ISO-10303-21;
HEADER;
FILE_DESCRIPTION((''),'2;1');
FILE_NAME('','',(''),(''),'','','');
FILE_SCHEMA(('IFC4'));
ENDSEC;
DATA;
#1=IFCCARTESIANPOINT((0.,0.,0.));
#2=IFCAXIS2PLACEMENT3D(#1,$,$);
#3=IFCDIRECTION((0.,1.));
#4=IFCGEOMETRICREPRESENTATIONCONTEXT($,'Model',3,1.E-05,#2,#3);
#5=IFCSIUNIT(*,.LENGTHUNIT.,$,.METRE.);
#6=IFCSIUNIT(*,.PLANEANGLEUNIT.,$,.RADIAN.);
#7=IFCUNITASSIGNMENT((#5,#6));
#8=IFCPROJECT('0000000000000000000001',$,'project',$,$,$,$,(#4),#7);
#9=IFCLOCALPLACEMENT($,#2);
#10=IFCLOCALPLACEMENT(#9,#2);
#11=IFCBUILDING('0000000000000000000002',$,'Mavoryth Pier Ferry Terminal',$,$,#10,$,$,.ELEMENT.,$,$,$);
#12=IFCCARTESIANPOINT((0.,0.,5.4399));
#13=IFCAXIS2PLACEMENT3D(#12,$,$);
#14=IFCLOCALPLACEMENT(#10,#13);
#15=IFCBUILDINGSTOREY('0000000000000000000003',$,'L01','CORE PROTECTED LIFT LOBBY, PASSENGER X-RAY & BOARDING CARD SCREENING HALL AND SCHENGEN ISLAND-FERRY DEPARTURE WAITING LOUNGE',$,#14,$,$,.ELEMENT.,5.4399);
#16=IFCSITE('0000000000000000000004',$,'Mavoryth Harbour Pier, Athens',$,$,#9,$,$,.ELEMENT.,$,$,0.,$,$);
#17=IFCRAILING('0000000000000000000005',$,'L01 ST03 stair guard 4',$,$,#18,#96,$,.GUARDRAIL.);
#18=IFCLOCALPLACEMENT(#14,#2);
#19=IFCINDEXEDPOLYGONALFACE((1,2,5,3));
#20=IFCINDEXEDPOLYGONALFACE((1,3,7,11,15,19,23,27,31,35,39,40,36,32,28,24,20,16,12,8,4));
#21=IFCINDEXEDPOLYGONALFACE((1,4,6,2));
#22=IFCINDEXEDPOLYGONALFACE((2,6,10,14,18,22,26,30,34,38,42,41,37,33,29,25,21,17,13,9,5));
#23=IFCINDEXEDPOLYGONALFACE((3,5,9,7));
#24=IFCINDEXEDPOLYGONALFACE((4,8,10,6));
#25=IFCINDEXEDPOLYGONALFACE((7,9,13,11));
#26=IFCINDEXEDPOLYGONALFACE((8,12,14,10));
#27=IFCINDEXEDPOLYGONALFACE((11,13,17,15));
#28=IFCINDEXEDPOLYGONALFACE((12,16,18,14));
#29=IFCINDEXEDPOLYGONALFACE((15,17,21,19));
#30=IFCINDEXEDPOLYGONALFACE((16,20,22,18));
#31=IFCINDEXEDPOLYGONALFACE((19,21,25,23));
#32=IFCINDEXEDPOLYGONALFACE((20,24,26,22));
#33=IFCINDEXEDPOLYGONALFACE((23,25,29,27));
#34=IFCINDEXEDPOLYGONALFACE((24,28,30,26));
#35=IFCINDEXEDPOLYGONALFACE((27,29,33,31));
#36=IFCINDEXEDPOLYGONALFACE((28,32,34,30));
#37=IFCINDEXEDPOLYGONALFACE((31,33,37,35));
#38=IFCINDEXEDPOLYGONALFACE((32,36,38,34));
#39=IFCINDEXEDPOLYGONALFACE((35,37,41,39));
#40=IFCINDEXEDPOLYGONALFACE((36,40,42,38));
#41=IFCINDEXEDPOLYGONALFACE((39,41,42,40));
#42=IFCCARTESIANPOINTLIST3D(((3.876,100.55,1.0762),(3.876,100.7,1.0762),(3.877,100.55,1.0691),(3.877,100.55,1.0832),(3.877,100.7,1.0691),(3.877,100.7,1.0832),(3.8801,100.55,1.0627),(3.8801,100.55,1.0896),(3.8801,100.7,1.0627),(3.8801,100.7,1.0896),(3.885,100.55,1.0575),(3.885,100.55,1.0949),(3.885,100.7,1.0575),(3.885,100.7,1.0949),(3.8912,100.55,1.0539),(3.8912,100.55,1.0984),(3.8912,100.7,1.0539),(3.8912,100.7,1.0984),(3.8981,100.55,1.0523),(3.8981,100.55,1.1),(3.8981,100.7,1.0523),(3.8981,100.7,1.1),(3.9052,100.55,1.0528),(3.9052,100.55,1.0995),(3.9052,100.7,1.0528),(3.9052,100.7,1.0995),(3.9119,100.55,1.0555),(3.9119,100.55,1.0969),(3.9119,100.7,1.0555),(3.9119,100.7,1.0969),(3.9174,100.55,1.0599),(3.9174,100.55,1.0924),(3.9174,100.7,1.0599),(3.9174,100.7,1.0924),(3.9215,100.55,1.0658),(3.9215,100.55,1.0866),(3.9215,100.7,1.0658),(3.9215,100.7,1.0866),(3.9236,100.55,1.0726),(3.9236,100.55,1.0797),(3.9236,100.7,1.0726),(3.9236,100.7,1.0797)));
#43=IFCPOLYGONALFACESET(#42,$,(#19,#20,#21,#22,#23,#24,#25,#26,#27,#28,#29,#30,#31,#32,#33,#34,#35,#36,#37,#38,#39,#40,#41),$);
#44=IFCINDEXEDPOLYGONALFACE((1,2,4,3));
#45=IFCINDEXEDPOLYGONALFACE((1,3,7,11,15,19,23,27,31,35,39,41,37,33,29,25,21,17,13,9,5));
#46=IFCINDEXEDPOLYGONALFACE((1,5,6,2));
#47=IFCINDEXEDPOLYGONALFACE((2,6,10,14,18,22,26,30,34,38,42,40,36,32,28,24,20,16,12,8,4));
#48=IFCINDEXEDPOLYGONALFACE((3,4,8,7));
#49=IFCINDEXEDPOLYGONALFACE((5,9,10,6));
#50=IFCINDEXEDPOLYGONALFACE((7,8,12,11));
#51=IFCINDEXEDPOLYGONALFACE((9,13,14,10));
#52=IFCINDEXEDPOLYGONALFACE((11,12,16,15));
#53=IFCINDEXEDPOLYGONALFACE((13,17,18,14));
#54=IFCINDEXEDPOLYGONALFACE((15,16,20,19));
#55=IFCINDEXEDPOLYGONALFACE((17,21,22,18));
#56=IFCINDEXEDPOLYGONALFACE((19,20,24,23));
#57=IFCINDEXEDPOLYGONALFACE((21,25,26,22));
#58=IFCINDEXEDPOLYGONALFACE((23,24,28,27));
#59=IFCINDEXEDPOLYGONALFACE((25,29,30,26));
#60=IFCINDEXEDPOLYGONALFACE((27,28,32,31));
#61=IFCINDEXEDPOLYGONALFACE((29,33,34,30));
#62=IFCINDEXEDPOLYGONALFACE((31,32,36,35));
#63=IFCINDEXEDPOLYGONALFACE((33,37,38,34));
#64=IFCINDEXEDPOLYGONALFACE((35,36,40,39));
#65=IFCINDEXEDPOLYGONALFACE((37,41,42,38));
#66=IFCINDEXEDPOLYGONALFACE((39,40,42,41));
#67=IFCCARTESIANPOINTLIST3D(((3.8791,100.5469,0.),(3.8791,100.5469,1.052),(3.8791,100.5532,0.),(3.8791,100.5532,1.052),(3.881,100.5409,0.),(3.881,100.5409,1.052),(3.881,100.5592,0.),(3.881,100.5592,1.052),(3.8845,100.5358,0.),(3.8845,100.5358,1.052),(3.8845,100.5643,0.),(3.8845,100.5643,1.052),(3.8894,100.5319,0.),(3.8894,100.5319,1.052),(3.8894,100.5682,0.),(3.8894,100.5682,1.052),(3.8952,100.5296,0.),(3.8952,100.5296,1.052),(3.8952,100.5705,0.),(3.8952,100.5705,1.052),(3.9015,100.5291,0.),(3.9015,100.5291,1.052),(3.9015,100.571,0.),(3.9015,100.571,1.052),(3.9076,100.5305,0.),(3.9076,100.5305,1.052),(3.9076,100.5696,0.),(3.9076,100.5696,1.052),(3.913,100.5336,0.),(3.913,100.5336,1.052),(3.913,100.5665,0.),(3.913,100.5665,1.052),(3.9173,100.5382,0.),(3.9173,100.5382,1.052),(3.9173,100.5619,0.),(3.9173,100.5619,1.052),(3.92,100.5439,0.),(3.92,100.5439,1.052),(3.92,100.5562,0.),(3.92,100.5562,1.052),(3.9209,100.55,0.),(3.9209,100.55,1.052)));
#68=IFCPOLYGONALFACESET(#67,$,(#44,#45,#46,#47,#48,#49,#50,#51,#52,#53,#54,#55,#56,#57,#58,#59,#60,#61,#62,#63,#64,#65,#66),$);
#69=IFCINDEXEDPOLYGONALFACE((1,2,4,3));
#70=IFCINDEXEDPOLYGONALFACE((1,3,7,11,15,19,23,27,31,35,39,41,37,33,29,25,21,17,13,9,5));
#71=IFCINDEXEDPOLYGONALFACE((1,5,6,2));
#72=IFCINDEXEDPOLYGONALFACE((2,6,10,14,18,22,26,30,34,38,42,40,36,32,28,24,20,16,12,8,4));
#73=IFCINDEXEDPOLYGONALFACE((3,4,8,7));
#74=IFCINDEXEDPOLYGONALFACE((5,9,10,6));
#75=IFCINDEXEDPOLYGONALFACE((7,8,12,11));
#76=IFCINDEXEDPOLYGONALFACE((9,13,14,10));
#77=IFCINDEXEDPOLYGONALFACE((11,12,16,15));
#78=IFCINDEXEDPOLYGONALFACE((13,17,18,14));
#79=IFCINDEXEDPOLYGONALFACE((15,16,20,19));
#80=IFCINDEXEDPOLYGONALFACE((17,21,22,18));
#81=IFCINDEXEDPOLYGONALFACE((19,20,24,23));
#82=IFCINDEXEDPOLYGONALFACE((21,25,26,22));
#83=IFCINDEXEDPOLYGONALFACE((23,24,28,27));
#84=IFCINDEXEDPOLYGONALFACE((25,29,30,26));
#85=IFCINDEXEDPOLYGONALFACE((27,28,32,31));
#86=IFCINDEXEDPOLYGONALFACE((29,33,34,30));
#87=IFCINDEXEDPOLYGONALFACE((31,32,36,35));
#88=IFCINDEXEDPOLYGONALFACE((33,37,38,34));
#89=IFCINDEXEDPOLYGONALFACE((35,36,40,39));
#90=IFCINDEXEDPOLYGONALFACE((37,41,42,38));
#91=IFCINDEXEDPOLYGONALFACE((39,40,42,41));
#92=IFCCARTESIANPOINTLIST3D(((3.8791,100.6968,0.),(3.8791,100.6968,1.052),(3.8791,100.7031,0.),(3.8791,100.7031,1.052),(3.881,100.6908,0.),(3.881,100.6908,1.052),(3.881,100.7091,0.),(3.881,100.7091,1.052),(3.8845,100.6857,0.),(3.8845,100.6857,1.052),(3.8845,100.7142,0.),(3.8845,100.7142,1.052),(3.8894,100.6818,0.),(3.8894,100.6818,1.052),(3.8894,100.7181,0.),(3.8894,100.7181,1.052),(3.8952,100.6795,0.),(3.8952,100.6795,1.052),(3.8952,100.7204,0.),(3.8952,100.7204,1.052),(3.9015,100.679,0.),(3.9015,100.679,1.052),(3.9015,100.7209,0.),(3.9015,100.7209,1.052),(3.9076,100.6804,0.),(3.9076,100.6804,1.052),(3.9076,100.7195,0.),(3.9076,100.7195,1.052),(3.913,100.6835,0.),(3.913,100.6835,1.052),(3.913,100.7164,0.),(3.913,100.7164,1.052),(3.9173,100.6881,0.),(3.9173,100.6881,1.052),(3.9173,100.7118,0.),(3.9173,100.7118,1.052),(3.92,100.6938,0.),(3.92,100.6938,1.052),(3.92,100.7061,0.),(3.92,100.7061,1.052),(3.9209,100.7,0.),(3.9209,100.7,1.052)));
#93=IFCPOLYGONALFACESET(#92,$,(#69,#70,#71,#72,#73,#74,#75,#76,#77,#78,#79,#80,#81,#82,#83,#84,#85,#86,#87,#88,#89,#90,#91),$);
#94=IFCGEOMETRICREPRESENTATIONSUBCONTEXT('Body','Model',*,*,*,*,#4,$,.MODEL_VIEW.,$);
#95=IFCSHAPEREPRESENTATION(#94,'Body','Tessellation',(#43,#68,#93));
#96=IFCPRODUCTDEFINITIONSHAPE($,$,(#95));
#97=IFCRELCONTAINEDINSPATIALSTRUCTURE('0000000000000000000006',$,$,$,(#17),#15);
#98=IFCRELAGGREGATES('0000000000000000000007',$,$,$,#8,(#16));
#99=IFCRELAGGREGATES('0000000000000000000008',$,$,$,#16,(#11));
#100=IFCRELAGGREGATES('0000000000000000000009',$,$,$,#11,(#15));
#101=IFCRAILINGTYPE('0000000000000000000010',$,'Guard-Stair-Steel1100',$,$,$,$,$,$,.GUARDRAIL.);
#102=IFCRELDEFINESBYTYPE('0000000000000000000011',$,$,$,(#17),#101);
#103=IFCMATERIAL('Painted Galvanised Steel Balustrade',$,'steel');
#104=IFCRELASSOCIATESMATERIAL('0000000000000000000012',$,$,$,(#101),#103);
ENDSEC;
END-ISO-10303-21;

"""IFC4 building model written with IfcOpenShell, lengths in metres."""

from ifc_helpers import new_model, si_unit, direction, frame, origin, origin_2d, place, context, subcontext, project, spatial, circle, extrude, material, type_object, element, save


model = new_model("IFC4")

# Units and contexts
model_context = context("Model", 3, precision=1e-05, world=origin(), true_north=direction((0.0, 1.0)))
body_context = subcontext(model_context, "Body", "Model", "MODEL_VIEW")
ifc_project = project(units=[si_unit("LENGTHUNIT", "METRE"), si_unit("PLANEANGLEUNIT", "RADIAN")], contexts=[model_context])

# Site, building, storey
site_placement = place(None, origin())
site = spatial("IfcSite", under=ifc_project, at=site_placement, Name="Mavoryth Harbour Pier, Athens", CompositionType="ELEMENT", RefElevation=0.0)
building_placement = place(site_placement, origin())
building = spatial("IfcBuilding", under=site, at=building_placement, Name="Mavoryth Pier Ferry Terminal", CompositionType="ELEMENT")
storey_placement = place(building_placement, frame((0.0, 0.0, 5.4399)))
storey = spatial("IfcBuildingStorey", under=building, at=storey_placement, Name="L01", Description="CORE PROTECTED LIFT LOBBY, PASSENGER X-RAY & BOARDING CARD SCREENING HALL AND SCHENGEN ISLAND-FERRY DEPARTURE WAITING LOUNGE", CompositionType="ELEMENT", Elevation=5.4399)

# Railing
ifc_material_1 = material(Name="Painted Galvanised Steel Balustrade", Category="steel")
railing_type_1 = type_object("IfcRailingType", Name="Guard-Stair-Steel1100", PredefinedType="GUARDRAIL", material=ifc_material_1)
railing_1_placement = place(storey_placement, frame((3.8999, 100.55, 0.0)))
element("IfcRailing", 1, at=railing_1_placement, inside=storey, type_object=railing_type_1, Name="L01 ST03 stair guard 4", PredefinedType="GUARDRAIL", context=body_context, shape_type="SweptSolid", body=[
    extrude(circle(Radius=0.0239, at=origin_2d()), frame((0.0, 0.0, 1.0762), z_axis=(0.0, 1.0, 0.0), x_axis=(-1.0, 0.0, 0.0)), (0.0, 0.0, 1.0), 0.1499),
    extrude(circle(Radius=0.021, at=origin_2d()), origin(), (0.0, 0.0, 1.0), 1.052),
    extrude(circle(Radius=0.021, at=origin_2d()), frame((0.0, 0.1499, 0.0)), (0.0, 0.0, 1.0), 1.052),
])

save(model, "model.ifc")
